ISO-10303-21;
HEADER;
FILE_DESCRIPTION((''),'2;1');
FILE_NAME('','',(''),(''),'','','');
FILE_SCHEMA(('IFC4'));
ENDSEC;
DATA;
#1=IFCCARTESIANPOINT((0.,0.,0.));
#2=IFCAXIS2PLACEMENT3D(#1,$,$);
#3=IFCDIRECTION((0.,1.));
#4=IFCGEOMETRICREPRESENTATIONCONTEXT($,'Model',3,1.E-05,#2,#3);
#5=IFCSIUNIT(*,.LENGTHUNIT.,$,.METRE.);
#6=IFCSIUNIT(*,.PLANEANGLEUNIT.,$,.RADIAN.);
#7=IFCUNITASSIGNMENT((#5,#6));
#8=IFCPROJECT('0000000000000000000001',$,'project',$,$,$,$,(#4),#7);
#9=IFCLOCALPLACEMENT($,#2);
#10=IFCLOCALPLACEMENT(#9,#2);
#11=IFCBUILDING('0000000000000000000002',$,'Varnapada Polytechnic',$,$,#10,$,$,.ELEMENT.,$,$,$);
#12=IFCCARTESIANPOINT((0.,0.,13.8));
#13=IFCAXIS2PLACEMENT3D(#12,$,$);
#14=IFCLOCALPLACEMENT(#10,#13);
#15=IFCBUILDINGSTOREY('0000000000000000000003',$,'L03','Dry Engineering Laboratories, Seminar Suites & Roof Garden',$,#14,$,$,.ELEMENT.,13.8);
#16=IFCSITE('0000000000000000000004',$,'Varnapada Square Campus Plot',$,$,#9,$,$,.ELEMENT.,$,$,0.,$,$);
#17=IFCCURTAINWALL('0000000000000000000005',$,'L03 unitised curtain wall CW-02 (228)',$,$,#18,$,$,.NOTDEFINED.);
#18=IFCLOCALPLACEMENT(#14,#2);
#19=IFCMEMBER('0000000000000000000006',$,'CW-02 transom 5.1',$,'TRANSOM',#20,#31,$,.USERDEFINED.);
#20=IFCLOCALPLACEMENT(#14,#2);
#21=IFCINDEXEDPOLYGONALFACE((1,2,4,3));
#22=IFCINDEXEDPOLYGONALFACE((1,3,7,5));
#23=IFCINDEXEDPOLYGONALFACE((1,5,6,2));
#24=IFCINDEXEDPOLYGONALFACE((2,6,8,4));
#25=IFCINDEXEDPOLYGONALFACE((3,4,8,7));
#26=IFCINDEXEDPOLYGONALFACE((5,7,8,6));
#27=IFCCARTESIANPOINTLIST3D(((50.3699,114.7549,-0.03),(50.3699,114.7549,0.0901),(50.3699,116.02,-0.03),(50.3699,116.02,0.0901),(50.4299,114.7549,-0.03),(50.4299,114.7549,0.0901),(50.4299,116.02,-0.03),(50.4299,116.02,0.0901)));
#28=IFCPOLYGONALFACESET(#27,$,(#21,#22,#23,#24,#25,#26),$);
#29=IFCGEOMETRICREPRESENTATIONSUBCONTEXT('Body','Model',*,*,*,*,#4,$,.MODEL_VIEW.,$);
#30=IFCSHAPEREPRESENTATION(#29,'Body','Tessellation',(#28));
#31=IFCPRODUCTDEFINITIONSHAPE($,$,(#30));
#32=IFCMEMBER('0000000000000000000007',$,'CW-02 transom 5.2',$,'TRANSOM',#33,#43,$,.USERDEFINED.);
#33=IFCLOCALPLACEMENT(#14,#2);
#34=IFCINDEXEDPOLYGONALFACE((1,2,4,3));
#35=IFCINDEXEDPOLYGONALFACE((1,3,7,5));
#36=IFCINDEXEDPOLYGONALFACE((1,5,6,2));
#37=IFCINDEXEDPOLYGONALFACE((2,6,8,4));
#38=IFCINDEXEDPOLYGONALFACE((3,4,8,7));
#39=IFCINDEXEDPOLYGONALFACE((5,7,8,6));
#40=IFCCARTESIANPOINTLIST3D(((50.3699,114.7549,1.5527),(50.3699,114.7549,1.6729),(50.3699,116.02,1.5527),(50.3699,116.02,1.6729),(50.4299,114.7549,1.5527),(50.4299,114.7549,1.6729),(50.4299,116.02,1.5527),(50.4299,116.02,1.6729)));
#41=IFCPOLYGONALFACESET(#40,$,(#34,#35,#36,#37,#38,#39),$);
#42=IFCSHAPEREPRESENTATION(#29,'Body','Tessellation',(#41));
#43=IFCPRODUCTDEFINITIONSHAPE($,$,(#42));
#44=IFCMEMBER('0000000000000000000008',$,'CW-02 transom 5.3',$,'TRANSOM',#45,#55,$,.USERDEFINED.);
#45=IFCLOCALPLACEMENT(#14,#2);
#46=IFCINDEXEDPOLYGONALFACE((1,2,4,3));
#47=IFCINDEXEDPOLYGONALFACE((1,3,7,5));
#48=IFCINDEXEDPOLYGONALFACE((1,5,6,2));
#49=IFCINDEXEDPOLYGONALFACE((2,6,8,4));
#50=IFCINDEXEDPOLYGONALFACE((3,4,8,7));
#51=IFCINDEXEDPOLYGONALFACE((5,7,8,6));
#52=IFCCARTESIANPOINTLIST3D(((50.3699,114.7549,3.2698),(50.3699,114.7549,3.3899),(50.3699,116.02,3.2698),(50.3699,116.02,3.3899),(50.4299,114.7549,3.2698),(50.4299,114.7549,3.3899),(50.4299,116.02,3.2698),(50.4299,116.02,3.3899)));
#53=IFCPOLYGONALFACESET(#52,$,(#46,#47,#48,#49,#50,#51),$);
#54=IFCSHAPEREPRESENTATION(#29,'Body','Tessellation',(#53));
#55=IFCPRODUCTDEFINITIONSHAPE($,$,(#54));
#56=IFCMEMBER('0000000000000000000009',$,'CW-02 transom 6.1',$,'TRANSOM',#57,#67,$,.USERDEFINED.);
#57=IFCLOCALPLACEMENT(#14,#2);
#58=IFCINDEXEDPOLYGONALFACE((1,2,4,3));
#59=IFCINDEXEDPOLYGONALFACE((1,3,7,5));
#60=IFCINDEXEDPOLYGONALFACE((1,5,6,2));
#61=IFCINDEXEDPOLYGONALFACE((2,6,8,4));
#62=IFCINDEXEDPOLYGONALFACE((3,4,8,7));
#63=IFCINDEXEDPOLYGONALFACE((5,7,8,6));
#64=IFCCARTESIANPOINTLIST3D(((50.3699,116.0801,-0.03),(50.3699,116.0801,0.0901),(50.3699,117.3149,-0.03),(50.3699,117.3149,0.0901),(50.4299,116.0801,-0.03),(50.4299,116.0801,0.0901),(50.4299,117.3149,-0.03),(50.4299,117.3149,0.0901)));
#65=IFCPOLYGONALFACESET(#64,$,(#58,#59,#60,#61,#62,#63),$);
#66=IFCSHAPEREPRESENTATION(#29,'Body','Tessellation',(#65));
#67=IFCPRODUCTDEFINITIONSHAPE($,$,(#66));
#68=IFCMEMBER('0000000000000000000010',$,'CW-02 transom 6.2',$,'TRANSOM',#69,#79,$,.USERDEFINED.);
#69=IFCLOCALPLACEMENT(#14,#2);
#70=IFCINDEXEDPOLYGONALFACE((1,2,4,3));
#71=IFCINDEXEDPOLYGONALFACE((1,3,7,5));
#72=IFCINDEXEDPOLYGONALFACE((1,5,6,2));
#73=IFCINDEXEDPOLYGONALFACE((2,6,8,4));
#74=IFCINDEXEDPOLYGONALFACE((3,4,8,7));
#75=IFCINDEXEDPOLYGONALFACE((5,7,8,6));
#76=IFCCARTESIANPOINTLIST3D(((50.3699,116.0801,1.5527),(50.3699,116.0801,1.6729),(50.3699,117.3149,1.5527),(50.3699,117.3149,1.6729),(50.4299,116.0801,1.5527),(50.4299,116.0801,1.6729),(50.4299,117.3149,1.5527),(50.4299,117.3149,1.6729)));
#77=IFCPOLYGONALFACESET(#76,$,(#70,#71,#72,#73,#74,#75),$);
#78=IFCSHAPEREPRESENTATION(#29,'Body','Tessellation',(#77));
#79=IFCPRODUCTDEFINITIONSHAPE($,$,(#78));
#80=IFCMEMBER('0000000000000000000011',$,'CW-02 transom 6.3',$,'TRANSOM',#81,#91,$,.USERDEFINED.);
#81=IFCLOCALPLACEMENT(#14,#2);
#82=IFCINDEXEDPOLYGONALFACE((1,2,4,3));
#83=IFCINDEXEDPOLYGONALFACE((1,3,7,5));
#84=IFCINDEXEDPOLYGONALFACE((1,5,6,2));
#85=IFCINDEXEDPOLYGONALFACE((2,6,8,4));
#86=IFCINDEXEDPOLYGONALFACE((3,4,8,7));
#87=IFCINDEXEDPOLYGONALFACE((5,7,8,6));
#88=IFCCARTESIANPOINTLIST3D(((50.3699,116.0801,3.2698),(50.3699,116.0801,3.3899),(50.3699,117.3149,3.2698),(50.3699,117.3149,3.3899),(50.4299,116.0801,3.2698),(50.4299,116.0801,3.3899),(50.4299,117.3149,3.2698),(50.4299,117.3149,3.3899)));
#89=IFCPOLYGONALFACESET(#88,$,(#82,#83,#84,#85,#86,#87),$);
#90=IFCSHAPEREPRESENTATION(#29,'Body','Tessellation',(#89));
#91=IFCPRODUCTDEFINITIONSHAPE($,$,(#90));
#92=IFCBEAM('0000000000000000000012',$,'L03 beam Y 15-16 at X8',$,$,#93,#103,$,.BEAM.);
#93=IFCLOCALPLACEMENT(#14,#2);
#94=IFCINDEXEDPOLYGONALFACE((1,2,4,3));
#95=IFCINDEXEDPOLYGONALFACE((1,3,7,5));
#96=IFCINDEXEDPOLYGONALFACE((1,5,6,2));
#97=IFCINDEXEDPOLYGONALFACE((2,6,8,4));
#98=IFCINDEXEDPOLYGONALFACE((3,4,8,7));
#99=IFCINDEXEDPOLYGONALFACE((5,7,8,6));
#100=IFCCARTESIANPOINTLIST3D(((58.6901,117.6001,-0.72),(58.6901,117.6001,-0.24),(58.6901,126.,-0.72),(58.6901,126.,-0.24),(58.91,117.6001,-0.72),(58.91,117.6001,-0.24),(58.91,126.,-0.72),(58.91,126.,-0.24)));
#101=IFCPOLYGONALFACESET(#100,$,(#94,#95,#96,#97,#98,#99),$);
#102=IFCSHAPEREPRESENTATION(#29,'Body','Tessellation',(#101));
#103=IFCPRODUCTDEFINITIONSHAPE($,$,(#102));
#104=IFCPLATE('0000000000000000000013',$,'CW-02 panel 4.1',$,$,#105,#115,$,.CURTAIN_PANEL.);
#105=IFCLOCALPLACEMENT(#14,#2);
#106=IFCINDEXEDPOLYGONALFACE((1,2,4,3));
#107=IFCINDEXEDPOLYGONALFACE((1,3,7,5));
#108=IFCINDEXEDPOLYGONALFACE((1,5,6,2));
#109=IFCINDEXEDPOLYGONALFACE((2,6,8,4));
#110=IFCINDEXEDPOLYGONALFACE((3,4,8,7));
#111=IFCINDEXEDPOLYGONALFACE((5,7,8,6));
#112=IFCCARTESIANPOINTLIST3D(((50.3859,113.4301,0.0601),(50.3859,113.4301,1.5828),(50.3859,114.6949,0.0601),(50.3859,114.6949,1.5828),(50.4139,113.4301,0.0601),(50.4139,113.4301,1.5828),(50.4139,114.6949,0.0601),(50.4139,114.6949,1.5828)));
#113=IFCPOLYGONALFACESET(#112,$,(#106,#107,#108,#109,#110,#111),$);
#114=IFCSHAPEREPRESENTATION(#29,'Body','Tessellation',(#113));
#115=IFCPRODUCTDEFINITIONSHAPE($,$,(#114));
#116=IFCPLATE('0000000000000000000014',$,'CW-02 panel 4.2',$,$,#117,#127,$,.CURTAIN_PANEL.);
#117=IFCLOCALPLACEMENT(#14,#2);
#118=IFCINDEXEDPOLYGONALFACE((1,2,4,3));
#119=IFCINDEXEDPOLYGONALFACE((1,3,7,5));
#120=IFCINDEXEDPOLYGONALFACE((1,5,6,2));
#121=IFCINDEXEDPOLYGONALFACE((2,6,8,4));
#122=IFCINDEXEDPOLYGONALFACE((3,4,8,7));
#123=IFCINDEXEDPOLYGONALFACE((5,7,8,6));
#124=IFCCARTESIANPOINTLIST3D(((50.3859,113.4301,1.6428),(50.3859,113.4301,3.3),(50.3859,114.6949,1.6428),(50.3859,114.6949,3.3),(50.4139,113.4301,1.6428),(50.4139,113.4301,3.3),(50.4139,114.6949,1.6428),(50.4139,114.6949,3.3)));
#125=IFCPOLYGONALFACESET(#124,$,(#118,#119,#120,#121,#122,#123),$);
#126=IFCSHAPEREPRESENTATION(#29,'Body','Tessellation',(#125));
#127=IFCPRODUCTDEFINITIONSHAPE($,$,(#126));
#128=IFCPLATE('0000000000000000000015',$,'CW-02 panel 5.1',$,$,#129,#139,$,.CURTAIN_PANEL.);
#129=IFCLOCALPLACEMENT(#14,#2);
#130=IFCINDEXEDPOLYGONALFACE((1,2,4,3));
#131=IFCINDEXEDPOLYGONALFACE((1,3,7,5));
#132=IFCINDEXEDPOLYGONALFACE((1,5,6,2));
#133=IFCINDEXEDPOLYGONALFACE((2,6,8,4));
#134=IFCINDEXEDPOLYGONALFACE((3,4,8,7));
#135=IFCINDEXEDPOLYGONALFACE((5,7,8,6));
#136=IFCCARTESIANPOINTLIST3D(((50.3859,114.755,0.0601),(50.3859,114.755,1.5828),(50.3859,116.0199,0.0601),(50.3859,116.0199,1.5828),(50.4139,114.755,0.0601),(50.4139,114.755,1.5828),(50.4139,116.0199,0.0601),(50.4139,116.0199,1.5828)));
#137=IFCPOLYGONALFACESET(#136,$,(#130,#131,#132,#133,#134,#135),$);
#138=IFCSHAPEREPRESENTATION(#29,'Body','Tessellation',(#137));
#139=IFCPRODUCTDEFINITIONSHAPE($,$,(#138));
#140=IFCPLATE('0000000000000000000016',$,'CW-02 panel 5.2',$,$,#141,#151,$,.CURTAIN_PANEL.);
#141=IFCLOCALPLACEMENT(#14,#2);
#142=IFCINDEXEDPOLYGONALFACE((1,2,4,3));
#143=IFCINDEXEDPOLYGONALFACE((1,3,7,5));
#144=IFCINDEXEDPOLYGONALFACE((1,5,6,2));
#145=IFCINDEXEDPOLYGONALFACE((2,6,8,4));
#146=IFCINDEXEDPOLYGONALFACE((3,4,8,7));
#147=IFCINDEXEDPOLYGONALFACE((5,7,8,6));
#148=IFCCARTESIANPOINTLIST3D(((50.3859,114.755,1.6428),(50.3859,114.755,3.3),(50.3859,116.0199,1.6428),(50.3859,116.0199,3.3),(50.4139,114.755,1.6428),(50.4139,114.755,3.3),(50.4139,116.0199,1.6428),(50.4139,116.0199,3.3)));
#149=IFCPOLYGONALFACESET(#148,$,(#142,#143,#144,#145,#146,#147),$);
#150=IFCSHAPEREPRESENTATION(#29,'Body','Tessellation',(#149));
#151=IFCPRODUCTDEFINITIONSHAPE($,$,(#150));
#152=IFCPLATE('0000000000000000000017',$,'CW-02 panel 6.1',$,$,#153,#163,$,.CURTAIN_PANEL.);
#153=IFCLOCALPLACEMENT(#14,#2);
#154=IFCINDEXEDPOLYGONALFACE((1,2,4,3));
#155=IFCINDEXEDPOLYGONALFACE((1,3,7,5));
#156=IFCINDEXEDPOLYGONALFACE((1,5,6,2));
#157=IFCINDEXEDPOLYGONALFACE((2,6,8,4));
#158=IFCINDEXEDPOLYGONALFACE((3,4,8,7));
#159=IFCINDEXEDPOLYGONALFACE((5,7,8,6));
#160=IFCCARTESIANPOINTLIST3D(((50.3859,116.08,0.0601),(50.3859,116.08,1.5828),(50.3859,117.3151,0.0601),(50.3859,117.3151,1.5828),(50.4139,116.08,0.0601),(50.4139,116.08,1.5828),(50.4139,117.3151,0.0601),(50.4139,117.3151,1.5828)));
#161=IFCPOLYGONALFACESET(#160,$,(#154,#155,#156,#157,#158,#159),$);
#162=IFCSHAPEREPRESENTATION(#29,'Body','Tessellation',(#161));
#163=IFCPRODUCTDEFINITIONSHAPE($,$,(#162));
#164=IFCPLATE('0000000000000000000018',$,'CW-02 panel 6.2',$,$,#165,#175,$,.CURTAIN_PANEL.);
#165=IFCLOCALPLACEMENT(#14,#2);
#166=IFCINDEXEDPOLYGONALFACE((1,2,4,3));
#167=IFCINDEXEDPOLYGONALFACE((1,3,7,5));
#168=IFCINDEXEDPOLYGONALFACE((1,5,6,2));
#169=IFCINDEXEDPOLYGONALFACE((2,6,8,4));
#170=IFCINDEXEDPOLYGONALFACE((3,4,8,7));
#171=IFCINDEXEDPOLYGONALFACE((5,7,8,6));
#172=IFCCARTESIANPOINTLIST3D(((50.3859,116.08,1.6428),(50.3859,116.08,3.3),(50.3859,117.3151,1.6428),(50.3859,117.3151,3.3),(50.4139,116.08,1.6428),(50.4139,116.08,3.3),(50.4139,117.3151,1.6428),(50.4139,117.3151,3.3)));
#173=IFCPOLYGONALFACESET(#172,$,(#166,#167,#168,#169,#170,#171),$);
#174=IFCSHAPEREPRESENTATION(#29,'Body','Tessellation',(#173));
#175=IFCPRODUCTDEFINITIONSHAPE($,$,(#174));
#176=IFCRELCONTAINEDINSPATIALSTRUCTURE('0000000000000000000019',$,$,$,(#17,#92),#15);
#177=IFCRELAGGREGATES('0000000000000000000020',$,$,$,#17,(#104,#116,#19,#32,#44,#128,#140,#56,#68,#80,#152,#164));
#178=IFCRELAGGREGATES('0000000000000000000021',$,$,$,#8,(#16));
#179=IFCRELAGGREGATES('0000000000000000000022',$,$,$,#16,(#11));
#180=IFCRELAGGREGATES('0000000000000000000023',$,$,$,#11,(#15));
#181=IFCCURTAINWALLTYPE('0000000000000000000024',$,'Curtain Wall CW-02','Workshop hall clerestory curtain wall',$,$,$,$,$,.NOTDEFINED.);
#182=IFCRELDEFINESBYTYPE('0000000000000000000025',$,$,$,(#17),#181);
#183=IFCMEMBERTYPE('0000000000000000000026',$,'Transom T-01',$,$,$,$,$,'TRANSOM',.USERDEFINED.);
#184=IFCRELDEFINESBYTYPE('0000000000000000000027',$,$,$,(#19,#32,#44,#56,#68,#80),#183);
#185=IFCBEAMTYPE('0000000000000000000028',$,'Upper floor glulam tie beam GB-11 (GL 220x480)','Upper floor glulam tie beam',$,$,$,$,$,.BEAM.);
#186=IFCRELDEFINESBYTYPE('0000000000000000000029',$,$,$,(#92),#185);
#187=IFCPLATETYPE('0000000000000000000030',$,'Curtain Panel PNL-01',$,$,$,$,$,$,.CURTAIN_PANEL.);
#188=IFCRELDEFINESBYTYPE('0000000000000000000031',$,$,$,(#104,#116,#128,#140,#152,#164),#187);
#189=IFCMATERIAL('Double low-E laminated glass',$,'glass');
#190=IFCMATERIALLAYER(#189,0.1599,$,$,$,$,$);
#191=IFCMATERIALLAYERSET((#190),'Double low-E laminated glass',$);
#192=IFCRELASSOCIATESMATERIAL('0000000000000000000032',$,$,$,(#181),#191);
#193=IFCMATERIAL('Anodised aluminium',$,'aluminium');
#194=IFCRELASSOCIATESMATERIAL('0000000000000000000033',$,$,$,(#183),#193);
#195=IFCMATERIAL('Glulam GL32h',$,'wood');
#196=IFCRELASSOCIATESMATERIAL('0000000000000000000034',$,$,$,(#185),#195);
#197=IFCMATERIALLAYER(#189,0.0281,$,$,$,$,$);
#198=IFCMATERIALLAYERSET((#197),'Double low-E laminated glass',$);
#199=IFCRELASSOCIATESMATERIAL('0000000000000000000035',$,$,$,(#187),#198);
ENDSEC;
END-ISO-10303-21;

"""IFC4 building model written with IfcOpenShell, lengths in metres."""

from ifc_helpers import new_model, si_unit, direction, frame, origin, origin_2d, place, context, subcontext, project, spatial, rectangle, extrude, material, layer, layer_set, material_profile, profile_set, type_object, element, aggregate, save


model = new_model("IFC4")

# Units and contexts
model_context = context("Model", 3, precision=1e-05, world=origin(), true_north=direction((0.0, 1.0)))
body_context = subcontext(model_context, "Body", "Model", "MODEL_VIEW")
ifc_project = project(units=[si_unit("LENGTHUNIT", "METRE"), si_unit("PLANEANGLEUNIT", "RADIAN")], contexts=[model_context])

# Site, building, storey
site_placement = place(None, origin())
site = spatial("IfcSite", under=ifc_project, at=site_placement, Name="Varnapada Square Campus Plot", CompositionType="ELEMENT", RefElevation=0.0)
building_placement = place(site_placement, origin())
building = spatial("IfcBuilding", under=site, at=building_placement, Name="Varnapada Polytechnic", CompositionType="ELEMENT")
storey_placement = place(building_placement, frame((0.0, 0.0, 13.8)))
storey = spatial("IfcBuildingStorey", under=building, at=storey_placement, Name="L03", Description="Dry Engineering Laboratories, Seminar Suites & Roof Garden", CompositionType="ELEMENT", Elevation=13.8)

# Shared definitions
ifc_material_1 = material(Name="Glulam GL32h", Category="wood")

# Curtain wall
ifc_material_2 = material(Name="Double low-E laminated glass", Category="glass")
ifc_layer_1 = layer(ifc_material_2, 0.1599)
ifc_layer_set_1 = layer_set([ifc_layer_1], Name="Double low-E laminated glass")
curtain_wall_type = type_object("IfcCurtainWallType", Name="Curtain Wall CW-02", Description="Workshop hall clerestory curtain wall", PredefinedType="NOTDEFINED", material=ifc_layer_set_1)
curtain_wall_placement = place(storey_placement, origin())
curtain_wall = element("IfcCurtainWall", 1, at=curtain_wall_placement, inside=storey, type_object=curtain_wall_type, Name="L03 unitised curtain wall CW-02 (228)", PredefinedType="NOTDEFINED")
ifc_material_3 = material(Name="Anodised aluminium", Category="aluminium")

# Members
ifc_material_profile_1 = material_profile(ifc_material_3, rectangle(XDim=0.0601, YDim=0.1201, at=origin_2d()), Name="ALU T60x120")
ifc_profile_set_1 = profile_set([ifc_material_profile_1], Name="Anodised aluminium")
member_type_1 = type_object("IfcMemberType", Name="Transom T-01", ElementType="TRANSOM", PredefinedType="USERDEFINED", material=ifc_profile_set_1)
member_1_placement = place(storey_placement, frame((50.3999, 114.7549, 0.03), z_axis=(0.0, 1.0, 0.0), x_axis=(-1.0, 0.0, 0.0)))
member_1 = element("IfcMember", 2, at=member_1_placement, type_object=member_type_1, Name="CW-02 transom 5.1", ObjectType="TRANSOM", PredefinedType="USERDEFINED", context=body_context, shape_type="SweptSolid", body=[
    extrude(rectangle(XDim=0.0601, YDim=0.1201, at=origin_2d()), origin(), (0.0, 0.0, 1.0), 1.2651),
])
member_2_placement = place(storey_placement, frame((50.3999, 114.7549, 1.6128), z_axis=(0.0, 1.0, 0.0), x_axis=(-1.0, 0.0, 0.0)))
member_2 = element("IfcMember", 3, at=member_2_placement, type_object=member_type_1, Name="CW-02 transom 5.2", ObjectType="TRANSOM", PredefinedType="USERDEFINED", context=body_context, shape_type="SweptSolid", body=[
    extrude(rectangle(XDim=0.0601, YDim=0.1201, at=origin_2d()), origin(), (0.0, 0.0, 1.0), 1.2651),
])
member_3_placement = place(storey_placement, frame((50.3999, 114.7549, 3.3298), z_axis=(0.0, 1.0, 0.0), x_axis=(-1.0, 0.0, 0.0)))
member_3 = element("IfcMember", 4, at=member_3_placement, type_object=member_type_1, Name="CW-02 transom 5.3", ObjectType="TRANSOM", PredefinedType="USERDEFINED", context=body_context, shape_type="SweptSolid", body=[
    extrude(rectangle(XDim=0.0601, YDim=0.1201, at=origin_2d()), origin(), (0.0, 0.0, 1.0), 1.2651),
])
member_4_placement = place(storey_placement, frame((50.3999, 116.0801, 0.03), z_axis=(0.0, 1.0, 0.0), x_axis=(-1.0, 0.0, 0.0)))
member_4 = element("IfcMember", 5, at=member_4_placement, type_object=member_type_1, Name="CW-02 transom 6.1", ObjectType="TRANSOM", PredefinedType="USERDEFINED", context=body_context, shape_type="SweptSolid", body=[
    extrude(rectangle(XDim=0.0601, YDim=0.1201, at=origin_2d()), origin(), (0.0, 0.0, 1.0), 1.2349),
])
member_5_placement = place(storey_placement, frame((50.3999, 116.0801, 1.6128), z_axis=(0.0, 1.0, 0.0), x_axis=(-1.0, 0.0, 0.0)))
member_5 = element("IfcMember", 6, at=member_5_placement, type_object=member_type_1, Name="CW-02 transom 6.2", ObjectType="TRANSOM", PredefinedType="USERDEFINED", context=body_context, shape_type="SweptSolid", body=[
    extrude(rectangle(XDim=0.0601, YDim=0.1201, at=origin_2d()), origin(), (0.0, 0.0, 1.0), 1.2349),
])
member_6_placement = place(storey_placement, frame((50.3999, 116.0801, 3.3298), z_axis=(0.0, 1.0, 0.0), x_axis=(-1.0, 0.0, 0.0)))
member_6 = element("IfcMember", 7, at=member_6_placement, type_object=member_type_1, Name="CW-02 transom 6.3", ObjectType="TRANSOM", PredefinedType="USERDEFINED", context=body_context, shape_type="SweptSolid", body=[
    extrude(rectangle(XDim=0.0601, YDim=0.1201, at=origin_2d()), origin(), (0.0, 0.0, 1.0), 1.2349),
])

# Beam
ifc_material_profile_2 = material_profile(ifc_material_1, rectangle(XDim=0.22, YDim=0.48, at=origin_2d()), Name="GL 220x480")
ifc_profile_set_2 = profile_set([ifc_material_profile_2], Name="Glulam GL32h")
beam_type_1 = type_object("IfcBeamType", Name="Upper floor glulam tie beam GB-11 (GL 220x480)", Description="Upper floor glulam tie beam", PredefinedType="BEAM", material=ifc_profile_set_2)
beam_1_placement = place(storey_placement, frame((58.8, 117.6001, -0.48), z_axis=(0.0, 1.0, 0.0), x_axis=(-1.0, 0.0, 0.0)))
element("IfcBeam", 8, at=beam_1_placement, inside=storey, type_object=beam_type_1, Name="L03 beam Y 15-16 at X8", PredefinedType="BEAM", context=body_context, shape_type="SweptSolid", body=[
    extrude(rectangle(XDim=0.22, YDim=0.48, at=origin_2d()), origin(), (0.0, 0.0, 1.0), 8.3999),
])

# Plates
ifc_layer_2 = layer(ifc_material_2, 0.0281)
ifc_layer_set_2 = layer_set([ifc_layer_2], Name="Double low-E laminated glass")
plate_type = type_object("IfcPlateType", Name="Curtain Panel PNL-01", PredefinedType="CURTAIN_PANEL", material=ifc_layer_set_2)
plate_1_placement = place(storey_placement, frame((50.3999, 114.0625, 0.0601), z_axis=(0.0, 0.0, 1.0), x_axis=(0.0, 1.0, 0.0)))
plate_1 = element("IfcPlate", 9, at=plate_1_placement, type_object=plate_type, Name="CW-02 panel 4.1", PredefinedType="CURTAIN_PANEL", context=body_context, shape_type="SweptSolid", body=[
    extrude(rectangle(XDim=1.2649, YDim=0.0281, at=origin_2d()), origin(), (0.0, 0.0, 1.0), 1.5227),
])
plate_2_placement = place(storey_placement, frame((50.3999, 114.0625, 1.6428), z_axis=(0.0, 0.0, 1.0), x_axis=(0.0, 1.0, 0.0)))
plate_2 = element("IfcPlate", 10, at=plate_2_placement, type_object=plate_type, Name="CW-02 panel 4.2", PredefinedType="CURTAIN_PANEL", context=body_context, shape_type="SweptSolid", body=[
    extrude(rectangle(XDim=1.2649, YDim=0.0281, at=origin_2d()), origin(), (0.0, 0.0, 1.0), 1.6572),
])
plate_3_placement = place(storey_placement, frame((50.3999, 115.3875, 0.0601), z_axis=(0.0, 0.0, 1.0), x_axis=(0.0, 1.0, 0.0)))
plate_3 = element("IfcPlate", 11, at=plate_3_placement, type_object=plate_type, Name="CW-02 panel 5.1", PredefinedType="CURTAIN_PANEL", context=body_context, shape_type="SweptSolid", body=[
    extrude(rectangle(XDim=1.2649, YDim=0.0281, at=origin_2d()), origin(), (0.0, 0.0, 1.0), 1.5227),
])
plate_4_placement = place(storey_placement, frame((50.3999, 115.3875, 1.6428), z_axis=(0.0, 0.0, 1.0), x_axis=(0.0, 1.0, 0.0)))
plate_4 = element("IfcPlate", 12, at=plate_4_placement, type_object=plate_type, Name="CW-02 panel 5.2", PredefinedType="CURTAIN_PANEL", context=body_context, shape_type="SweptSolid", body=[
    extrude(rectangle(XDim=1.2649, YDim=0.0281, at=origin_2d()), origin(), (0.0, 0.0, 1.0), 1.6572),
])
plate_5_placement = place(storey_placement, frame((50.3999, 116.6975, 0.0601), z_axis=(0.0, 0.0, 1.0), x_axis=(0.0, 1.0, 0.0)))
plate_5 = element("IfcPlate", 13, at=plate_5_placement, type_object=plate_type, Name="CW-02 panel 6.1", PredefinedType="CURTAIN_PANEL", context=body_context, shape_type="SweptSolid", body=[
    extrude(rectangle(XDim=1.2351, YDim=0.0281, at=origin_2d()), origin(), (0.0, 0.0, 1.0), 1.5227),
])
plate_6_placement = place(storey_placement, frame((50.3999, 116.6975, 1.6428), z_axis=(0.0, 0.0, 1.0), x_axis=(0.0, 1.0, 0.0)))
plate_6 = element("IfcPlate", 14, at=plate_6_placement, type_object=plate_type, Name="CW-02 panel 6.2", PredefinedType="CURTAIN_PANEL", context=body_context, shape_type="SweptSolid", body=[
    extrude(rectangle(XDim=1.2351, YDim=0.0281, at=origin_2d()), origin(), (0.0, 0.0, 1.0), 1.6572),
])
aggregate(curtain_wall, [plate_1, plate_2, member_1, member_2, member_3, plate_3, plate_4, member_4, member_5, member_6, plate_5, plate_6])

save(model, "model.ifc")
